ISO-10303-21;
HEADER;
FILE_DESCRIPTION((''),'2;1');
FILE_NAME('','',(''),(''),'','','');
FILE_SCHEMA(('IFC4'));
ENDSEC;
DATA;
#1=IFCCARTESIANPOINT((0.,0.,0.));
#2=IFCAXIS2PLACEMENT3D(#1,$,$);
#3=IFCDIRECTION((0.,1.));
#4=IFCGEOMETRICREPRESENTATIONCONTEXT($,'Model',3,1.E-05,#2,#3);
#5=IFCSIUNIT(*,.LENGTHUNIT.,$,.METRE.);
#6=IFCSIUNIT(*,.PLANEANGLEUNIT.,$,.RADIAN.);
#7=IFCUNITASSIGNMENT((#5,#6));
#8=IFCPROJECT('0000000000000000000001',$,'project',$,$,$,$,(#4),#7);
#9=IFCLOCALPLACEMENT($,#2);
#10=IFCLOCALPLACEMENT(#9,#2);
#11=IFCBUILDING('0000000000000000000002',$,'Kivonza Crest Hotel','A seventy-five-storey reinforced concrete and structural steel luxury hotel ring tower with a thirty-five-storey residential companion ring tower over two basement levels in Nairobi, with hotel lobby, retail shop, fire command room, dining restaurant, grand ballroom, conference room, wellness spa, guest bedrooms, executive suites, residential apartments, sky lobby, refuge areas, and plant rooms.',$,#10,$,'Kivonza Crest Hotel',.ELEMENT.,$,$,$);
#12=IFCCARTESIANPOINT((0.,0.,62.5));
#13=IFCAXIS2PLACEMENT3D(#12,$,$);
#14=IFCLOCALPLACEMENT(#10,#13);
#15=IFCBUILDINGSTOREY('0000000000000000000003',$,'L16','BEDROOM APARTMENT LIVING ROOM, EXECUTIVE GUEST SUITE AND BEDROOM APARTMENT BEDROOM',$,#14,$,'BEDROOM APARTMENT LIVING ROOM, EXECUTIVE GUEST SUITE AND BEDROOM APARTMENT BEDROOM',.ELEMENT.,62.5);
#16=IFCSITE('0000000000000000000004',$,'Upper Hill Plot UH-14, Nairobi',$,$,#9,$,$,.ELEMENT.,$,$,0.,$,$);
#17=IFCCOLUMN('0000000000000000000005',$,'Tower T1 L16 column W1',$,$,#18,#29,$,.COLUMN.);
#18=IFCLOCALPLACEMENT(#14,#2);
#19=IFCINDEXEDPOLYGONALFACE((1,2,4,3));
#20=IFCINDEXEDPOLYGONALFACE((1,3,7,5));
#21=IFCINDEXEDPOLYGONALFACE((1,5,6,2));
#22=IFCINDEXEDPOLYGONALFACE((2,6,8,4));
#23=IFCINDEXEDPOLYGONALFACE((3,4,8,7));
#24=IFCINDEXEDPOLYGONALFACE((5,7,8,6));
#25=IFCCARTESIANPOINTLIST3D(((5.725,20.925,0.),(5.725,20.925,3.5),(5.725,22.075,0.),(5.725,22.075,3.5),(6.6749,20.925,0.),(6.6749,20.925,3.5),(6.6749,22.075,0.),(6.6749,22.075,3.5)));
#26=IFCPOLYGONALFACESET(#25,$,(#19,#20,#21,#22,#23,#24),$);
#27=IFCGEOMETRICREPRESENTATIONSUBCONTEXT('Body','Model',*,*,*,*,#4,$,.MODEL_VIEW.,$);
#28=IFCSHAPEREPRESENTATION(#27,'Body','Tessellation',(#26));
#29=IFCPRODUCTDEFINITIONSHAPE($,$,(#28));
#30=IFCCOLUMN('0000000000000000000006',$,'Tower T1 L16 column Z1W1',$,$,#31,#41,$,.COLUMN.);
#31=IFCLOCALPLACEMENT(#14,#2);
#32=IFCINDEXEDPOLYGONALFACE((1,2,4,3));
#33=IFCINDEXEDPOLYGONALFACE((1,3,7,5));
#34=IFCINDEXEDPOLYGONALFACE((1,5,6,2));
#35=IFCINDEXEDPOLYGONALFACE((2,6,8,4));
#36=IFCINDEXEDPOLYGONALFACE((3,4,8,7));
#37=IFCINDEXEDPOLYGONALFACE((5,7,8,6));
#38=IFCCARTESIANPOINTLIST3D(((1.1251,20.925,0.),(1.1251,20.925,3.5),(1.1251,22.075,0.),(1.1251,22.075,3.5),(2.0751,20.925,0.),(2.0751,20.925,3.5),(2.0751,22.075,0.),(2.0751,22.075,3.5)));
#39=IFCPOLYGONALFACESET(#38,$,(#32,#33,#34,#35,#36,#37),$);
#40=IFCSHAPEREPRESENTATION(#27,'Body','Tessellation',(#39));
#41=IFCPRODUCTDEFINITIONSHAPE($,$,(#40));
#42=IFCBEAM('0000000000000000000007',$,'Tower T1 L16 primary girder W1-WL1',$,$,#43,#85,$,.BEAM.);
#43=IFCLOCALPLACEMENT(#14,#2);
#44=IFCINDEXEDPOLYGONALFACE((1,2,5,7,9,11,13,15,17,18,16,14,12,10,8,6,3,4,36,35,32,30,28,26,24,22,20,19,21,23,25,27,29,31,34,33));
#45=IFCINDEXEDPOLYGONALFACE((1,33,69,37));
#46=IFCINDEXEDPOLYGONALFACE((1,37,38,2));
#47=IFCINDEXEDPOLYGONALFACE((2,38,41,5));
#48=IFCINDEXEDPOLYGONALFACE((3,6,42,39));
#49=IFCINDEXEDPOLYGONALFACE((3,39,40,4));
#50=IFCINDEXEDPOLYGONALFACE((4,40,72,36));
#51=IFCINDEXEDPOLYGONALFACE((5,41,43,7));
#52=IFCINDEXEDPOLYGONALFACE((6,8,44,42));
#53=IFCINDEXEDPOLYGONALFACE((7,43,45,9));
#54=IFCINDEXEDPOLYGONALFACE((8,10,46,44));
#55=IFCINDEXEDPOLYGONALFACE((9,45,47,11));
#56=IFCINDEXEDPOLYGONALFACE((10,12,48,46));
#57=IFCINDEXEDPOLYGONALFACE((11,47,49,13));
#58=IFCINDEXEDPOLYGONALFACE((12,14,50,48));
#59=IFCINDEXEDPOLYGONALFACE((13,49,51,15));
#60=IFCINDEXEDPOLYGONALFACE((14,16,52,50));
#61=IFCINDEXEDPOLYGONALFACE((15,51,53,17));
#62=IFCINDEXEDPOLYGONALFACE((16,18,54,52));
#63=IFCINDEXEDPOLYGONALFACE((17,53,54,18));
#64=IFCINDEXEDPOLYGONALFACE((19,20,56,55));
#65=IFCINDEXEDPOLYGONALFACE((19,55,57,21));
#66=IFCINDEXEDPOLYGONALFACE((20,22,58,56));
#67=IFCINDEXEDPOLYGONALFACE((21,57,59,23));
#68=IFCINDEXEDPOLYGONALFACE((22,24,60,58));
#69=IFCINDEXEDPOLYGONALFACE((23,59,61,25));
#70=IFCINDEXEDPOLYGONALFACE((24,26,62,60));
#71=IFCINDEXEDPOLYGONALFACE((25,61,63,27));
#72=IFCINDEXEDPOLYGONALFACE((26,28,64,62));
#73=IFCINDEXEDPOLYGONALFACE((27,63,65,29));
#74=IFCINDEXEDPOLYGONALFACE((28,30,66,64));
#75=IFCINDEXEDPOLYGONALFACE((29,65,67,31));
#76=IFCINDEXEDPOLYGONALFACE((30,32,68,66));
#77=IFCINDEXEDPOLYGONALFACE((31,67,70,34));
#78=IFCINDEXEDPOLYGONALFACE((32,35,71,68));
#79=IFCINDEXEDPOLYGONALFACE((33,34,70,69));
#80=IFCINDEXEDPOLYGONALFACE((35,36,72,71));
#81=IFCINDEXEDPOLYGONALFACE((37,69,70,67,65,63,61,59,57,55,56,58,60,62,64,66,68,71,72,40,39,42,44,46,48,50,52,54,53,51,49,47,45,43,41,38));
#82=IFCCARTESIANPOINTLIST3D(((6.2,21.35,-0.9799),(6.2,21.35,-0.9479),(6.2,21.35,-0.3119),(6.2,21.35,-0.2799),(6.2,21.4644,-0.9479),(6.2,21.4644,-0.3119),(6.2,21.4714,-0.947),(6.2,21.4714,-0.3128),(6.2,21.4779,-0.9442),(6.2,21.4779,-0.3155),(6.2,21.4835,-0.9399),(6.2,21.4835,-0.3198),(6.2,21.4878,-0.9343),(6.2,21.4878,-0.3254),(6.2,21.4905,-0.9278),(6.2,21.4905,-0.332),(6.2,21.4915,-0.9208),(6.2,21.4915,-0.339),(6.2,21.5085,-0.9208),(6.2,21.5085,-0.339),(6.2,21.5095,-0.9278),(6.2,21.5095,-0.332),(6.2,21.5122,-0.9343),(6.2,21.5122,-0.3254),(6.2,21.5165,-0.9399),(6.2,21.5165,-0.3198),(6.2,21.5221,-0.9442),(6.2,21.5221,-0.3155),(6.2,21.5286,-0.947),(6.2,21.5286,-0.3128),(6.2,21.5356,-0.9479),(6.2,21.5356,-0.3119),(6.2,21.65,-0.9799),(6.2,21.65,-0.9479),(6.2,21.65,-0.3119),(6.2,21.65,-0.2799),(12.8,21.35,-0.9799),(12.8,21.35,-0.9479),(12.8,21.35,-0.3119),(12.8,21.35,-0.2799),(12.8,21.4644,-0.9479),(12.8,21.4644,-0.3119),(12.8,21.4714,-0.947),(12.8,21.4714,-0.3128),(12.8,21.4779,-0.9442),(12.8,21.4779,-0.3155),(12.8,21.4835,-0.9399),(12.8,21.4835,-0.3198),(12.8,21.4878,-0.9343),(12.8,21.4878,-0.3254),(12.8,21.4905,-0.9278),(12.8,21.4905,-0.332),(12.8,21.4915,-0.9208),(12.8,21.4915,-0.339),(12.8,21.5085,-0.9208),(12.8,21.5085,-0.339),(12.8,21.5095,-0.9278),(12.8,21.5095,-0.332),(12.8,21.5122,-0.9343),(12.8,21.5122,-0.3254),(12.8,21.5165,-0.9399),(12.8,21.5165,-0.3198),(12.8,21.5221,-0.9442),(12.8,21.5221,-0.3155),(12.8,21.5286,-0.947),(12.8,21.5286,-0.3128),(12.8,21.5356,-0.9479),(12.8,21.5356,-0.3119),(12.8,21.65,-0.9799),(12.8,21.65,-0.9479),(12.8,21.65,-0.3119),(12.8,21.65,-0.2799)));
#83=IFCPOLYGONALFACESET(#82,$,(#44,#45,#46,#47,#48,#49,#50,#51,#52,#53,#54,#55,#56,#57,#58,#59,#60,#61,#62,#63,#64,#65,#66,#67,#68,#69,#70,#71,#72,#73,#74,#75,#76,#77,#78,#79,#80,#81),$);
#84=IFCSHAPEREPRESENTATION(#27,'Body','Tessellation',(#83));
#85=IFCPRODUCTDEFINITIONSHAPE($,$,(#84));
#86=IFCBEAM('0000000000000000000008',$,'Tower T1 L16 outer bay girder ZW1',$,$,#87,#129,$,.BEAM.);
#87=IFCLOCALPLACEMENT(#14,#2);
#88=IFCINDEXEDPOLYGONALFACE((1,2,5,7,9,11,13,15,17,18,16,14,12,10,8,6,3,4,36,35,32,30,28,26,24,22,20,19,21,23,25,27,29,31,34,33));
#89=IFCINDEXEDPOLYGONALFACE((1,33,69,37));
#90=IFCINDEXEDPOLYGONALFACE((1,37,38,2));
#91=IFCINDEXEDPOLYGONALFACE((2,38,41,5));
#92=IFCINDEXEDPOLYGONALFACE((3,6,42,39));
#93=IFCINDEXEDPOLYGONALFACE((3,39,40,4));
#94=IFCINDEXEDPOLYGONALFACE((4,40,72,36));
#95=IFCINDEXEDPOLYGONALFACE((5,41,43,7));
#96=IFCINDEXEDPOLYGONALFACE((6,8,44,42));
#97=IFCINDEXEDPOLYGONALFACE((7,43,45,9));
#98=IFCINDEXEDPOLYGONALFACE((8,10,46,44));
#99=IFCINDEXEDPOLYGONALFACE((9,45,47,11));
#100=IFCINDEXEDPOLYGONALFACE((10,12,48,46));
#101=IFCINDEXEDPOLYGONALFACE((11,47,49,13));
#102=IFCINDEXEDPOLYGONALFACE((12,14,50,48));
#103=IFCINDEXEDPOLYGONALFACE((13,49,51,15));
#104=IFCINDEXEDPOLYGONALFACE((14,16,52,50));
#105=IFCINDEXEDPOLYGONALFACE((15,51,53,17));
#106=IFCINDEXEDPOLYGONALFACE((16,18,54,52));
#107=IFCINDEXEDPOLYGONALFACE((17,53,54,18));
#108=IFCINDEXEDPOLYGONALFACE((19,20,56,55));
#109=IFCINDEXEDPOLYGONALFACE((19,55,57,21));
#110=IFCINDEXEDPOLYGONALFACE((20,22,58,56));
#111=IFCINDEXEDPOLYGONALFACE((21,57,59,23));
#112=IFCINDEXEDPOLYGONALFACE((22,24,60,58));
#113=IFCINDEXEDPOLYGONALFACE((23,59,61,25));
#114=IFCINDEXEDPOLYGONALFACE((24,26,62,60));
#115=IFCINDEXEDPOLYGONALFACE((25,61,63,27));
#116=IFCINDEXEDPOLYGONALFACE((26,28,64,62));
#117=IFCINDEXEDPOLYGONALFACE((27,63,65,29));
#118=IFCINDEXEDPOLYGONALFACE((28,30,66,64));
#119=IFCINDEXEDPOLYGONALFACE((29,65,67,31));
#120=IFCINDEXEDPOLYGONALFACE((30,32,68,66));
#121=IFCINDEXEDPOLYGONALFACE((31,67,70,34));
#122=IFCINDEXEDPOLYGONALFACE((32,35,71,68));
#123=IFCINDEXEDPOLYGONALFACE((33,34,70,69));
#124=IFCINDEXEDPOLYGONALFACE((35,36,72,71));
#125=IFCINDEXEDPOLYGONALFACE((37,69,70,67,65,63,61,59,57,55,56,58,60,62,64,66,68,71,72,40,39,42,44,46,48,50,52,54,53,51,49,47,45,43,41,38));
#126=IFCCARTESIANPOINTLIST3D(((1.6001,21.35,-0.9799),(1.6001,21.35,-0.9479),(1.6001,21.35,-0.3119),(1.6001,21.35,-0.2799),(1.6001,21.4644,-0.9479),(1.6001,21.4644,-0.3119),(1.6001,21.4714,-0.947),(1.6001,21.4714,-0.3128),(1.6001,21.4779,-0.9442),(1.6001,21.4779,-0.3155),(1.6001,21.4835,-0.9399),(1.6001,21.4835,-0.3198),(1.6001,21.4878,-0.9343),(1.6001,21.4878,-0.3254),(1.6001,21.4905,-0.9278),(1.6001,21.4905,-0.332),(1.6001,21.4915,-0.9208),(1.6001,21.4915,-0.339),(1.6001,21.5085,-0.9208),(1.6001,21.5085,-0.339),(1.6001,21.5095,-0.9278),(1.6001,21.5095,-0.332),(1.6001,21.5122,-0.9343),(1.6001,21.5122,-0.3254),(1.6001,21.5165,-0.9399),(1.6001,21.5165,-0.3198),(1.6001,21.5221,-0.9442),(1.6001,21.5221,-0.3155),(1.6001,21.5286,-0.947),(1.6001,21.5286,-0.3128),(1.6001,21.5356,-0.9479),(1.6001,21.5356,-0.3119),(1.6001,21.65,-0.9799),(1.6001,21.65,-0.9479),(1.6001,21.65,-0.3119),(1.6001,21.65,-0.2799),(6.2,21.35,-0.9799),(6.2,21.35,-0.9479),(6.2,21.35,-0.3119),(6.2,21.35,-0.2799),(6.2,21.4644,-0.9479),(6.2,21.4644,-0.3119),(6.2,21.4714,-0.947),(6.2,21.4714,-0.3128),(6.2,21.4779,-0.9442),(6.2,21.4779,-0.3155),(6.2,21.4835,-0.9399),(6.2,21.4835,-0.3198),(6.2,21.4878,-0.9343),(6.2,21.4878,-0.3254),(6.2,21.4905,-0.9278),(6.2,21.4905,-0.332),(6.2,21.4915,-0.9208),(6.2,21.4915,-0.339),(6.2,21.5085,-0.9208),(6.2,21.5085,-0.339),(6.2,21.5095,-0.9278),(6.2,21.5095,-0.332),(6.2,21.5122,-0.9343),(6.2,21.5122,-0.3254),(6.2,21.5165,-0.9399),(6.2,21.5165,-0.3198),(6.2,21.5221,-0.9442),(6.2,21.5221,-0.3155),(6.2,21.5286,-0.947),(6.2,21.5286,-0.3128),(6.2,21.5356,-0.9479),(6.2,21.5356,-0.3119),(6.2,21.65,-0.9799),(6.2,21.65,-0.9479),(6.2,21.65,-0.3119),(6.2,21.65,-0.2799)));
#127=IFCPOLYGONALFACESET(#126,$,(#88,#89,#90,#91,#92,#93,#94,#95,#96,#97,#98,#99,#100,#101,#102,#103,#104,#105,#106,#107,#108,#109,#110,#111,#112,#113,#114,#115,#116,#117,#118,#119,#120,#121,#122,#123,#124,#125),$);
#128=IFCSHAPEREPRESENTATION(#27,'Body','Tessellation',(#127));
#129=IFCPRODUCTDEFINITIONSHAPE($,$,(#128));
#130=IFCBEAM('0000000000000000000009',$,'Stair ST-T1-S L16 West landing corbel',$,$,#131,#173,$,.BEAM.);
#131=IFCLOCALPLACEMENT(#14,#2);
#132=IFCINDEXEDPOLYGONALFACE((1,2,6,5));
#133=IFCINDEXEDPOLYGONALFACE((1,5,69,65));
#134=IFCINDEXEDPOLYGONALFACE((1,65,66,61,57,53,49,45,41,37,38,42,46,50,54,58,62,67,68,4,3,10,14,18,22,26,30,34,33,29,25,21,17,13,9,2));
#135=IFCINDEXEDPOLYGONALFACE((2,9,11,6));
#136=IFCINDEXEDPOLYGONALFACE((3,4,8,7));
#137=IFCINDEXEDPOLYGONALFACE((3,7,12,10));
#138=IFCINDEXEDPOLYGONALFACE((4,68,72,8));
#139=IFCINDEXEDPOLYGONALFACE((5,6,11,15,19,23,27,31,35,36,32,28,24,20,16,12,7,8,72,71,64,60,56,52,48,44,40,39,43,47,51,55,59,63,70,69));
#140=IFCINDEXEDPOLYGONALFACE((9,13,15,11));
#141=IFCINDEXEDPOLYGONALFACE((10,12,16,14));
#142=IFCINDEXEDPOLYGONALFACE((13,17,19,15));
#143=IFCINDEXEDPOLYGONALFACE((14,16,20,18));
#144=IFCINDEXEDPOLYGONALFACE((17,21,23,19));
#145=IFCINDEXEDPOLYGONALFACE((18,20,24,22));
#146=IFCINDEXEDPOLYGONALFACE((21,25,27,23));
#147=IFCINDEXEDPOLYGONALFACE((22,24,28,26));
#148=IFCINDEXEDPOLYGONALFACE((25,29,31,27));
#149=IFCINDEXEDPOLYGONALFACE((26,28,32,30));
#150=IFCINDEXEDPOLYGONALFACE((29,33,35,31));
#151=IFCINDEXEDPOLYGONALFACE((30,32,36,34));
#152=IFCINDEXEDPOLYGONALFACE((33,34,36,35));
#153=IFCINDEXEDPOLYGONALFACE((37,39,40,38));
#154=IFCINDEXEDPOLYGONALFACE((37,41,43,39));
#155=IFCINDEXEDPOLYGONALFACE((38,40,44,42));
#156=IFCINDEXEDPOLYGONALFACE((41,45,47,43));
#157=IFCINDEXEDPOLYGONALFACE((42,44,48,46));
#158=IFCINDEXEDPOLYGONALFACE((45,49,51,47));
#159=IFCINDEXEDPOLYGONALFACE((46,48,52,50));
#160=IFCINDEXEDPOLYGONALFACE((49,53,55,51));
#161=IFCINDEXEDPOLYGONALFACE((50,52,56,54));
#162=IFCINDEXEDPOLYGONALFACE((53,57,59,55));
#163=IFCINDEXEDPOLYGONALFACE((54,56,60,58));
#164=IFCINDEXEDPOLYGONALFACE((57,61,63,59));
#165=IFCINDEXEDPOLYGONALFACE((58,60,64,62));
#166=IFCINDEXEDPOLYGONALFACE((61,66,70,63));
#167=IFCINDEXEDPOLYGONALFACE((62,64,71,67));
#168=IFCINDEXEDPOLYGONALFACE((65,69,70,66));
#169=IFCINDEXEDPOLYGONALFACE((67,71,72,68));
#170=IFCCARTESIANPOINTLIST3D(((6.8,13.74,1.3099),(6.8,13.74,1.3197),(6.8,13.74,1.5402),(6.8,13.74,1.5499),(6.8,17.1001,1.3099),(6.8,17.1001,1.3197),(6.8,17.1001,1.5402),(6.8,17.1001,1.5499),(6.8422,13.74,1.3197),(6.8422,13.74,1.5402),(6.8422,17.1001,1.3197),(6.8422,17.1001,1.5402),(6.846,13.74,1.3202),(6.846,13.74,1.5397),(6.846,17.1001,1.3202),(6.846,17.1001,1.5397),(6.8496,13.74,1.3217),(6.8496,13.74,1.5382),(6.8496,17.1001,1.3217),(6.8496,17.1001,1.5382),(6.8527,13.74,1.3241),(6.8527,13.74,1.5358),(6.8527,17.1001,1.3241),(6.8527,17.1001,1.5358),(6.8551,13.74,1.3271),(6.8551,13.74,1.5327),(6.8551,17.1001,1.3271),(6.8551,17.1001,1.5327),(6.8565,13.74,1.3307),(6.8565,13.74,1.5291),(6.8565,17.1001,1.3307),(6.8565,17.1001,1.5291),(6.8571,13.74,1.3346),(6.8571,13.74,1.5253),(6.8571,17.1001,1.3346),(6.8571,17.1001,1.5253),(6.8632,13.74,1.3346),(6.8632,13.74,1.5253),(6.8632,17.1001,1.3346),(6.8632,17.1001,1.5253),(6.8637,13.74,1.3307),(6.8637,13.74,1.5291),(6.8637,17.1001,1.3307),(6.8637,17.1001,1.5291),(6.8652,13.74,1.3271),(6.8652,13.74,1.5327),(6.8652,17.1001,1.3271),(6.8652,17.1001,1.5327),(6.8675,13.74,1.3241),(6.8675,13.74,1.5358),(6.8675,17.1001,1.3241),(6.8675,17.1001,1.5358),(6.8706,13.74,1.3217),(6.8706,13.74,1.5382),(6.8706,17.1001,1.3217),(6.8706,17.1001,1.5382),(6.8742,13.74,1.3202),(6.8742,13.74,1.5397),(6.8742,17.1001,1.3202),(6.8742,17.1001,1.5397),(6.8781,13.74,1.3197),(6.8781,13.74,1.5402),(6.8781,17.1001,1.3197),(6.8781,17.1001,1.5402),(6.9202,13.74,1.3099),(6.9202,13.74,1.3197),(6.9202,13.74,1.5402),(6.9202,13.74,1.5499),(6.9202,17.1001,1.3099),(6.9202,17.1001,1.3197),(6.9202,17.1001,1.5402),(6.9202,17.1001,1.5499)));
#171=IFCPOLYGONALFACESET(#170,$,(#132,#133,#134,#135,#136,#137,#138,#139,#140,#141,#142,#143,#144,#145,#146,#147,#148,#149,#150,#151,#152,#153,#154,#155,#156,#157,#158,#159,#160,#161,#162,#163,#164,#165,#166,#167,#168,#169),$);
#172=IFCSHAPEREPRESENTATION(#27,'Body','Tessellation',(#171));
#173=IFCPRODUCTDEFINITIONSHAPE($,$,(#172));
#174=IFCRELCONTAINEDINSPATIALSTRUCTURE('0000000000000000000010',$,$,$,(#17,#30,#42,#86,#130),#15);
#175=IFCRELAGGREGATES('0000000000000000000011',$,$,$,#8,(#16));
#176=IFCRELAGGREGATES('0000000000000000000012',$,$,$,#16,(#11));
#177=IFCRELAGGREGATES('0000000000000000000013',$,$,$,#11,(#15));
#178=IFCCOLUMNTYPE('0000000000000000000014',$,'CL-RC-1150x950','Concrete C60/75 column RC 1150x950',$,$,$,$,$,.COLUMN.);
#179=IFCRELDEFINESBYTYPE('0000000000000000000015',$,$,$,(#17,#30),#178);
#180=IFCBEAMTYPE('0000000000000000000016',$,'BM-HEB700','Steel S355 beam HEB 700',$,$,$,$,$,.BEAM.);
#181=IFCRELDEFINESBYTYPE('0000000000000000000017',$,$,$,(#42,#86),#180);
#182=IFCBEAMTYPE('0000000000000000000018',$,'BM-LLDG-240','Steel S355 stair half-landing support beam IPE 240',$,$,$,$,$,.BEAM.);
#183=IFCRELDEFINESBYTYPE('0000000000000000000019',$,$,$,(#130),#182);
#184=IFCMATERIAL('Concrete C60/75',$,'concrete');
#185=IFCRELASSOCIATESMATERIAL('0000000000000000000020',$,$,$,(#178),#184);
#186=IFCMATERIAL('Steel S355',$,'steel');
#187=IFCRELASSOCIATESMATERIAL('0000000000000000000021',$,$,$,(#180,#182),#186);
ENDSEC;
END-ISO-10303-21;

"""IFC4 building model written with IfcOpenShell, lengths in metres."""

from ifc_helpers import new_model, si_unit, direction, frame, origin, origin_2d, place, context, subcontext, project, spatial, rectangle, i_section, extrude, material, material_profile, profile_set, type_object, element, save


model = new_model("IFC4")

# Units and contexts
model_context = context("Model", 3, precision=1e-05, world=origin(), true_north=direction((0.0, 1.0)))
body_context = subcontext(model_context, "Body", "Model", "MODEL_VIEW")
ifc_project = project(units=[si_unit("LENGTHUNIT", "METRE"), si_unit("PLANEANGLEUNIT", "RADIAN")], contexts=[model_context])

# Site, building, storey
site_placement = place(None, origin())
site = spatial("IfcSite", under=ifc_project, at=site_placement, Name="Upper Hill Plot UH-14, Nairobi", CompositionType="ELEMENT", RefElevation=0.0)
building_placement = place(site_placement, origin())
building = spatial("IfcBuilding", under=site, at=building_placement, Name="Kivonza Crest Hotel", Description="A seventy-five-storey reinforced concrete and structural steel luxury hotel ring tower with a thirty-five-storey residential companion ring tower over two basement levels in Nairobi, with hotel lobby, retail shop, fire command room, dining restaurant, grand ballroom, conference room, wellness spa, guest bedrooms, executive suites, residential apartments, sky lobby, refuge areas, and plant rooms.", LongName="Kivonza Crest Hotel", CompositionType="ELEMENT")
storey_placement = place(building_placement, frame((0.0, 0.0, 62.5)))
storey = spatial("IfcBuildingStorey", under=building, at=storey_placement, Name="L16", Description="BEDROOM APARTMENT LIVING ROOM, EXECUTIVE GUEST SUITE AND BEDROOM APARTMENT BEDROOM", LongName="BEDROOM APARTMENT LIVING ROOM, EXECUTIVE GUEST SUITE AND BEDROOM APARTMENT BEDROOM", CompositionType="ELEMENT", Elevation=62.5)

# Columns
ifc_material_1 = material(Name="Concrete C60/75", Category="concrete")
ifc_material_profile_1 = material_profile(ifc_material_1, rectangle(XDim=0.95, YDim=1.1499, at=origin_2d()), Name="RC 1150x950")
ifc_profile_set_1 = profile_set([ifc_material_profile_1], Name="Concrete C60/75")
column_type = type_object("IfcColumnType", Name="CL-RC-1150x950", Description="Concrete C60/75 column RC 1150x950", PredefinedType="COLUMN", material=ifc_profile_set_1)
for number, where, z_axis, x_axis, name in (
    (1, (6.2, 21.5, 0.0), (0.0, 0.0, 1.0), (1.0, 0.0, 0.0), "Tower T1 L16 column W1"),
    (2, (1.6001, 21.5, 0.0), (0.0, 0.0, 1.0), (1.0, 0.0, 0.0), "Tower T1 L16 column Z1W1"),
):
    element("IfcColumn", number, at=place(storey_placement, frame(where, z_axis=z_axis, x_axis=x_axis)), inside=storey, type_object=column_type, Name=name, PredefinedType="COLUMN", context=body_context, shape_type="SweptSolid", body=[
        extrude(rectangle(XDim=0.95, YDim=1.1499, at=origin_2d()), origin(), (0.0, 0.0, 1.0), 3.5),
    ])

# Beams
ifc_material_2 = material(Name="Steel S355", Category="steel")
ifc_material_profile_2 = material_profile(ifc_material_2, i_section(OverallWidth=0.3, OverallDepth=0.7, WebThickness=0.0171, FlangeThickness=0.032, FilletRadius=0.0271, at=origin_2d()), Name="HEB 700")
ifc_profile_set_2 = profile_set([ifc_material_profile_2], Name="Steel S355")
beam_type_1 = type_object("IfcBeamType", Name="BM-HEB700", Description="Steel S355 beam HEB 700", PredefinedType="BEAM", material=ifc_profile_set_2)
beam_1_placement = place(storey_placement, frame((6.2, 21.5, -0.6299), z_axis=(1.0, 0.0, 0.0), x_axis=(0.0, 1.0, 0.0)))
element("IfcBeam", 3, at=beam_1_placement, inside=storey, type_object=beam_type_1, Name="Tower T1 L16 primary girder W1-WL1", PredefinedType="BEAM", context=body_context, shape_type="SweptSolid", body=[
    extrude(i_section(OverallWidth=0.3, OverallDepth=0.7, WebThickness=0.0171, FlangeThickness=0.032, FilletRadius=0.0271, at=origin_2d()), origin(), (0.0, 0.0, 1.0), 6.6001),
])
beam_2_placement = place(storey_placement, frame((1.6001, 21.5, -0.6299), z_axis=(1.0, 0.0, 0.0), x_axis=(0.0, 1.0, 0.0)))
element("IfcBeam", 4, at=beam_2_placement, inside=storey, type_object=beam_type_1, Name="Tower T1 L16 outer bay girder ZW1", PredefinedType="BEAM", context=body_context, shape_type="SweptSolid", body=[
    extrude(i_section(OverallWidth=0.3, OverallDepth=0.7, WebThickness=0.0171, FlangeThickness=0.032, FilletRadius=0.0271, at=origin_2d()), origin(), (0.0, 0.0, 1.0), 4.5999),
])
ifc_material_profile_3 = material_profile(ifc_material_2, i_section(OverallWidth=0.1201, OverallDepth=0.24, WebThickness=0.0061, FlangeThickness=0.0098, FilletRadius=0.0149, at=origin_2d()), Name="IPE 240")
ifc_profile_set_3 = profile_set([ifc_material_profile_3], Name="Steel S355")
beam_type_2 = type_object("IfcBeamType", Name="BM-LLDG-240", Description="Steel S355 stair half-landing support beam IPE 240", PredefinedType="BEAM", material=ifc_profile_set_3)
beam_3_placement = place(storey_placement, frame((6.8601, 13.74, 1.4299), z_axis=(0.0, 1.0, 0.0), x_axis=(-1.0, 0.0, 0.0)))
element("IfcBeam", 5, at=beam_3_placement, inside=storey, type_object=beam_type_2, Name="Stair ST-T1-S L16 West landing corbel", PredefinedType="BEAM", context=body_context, shape_type="SweptSolid", body=[
    extrude(i_section(OverallWidth=0.1201, OverallDepth=0.24, WebThickness=0.0061, FlangeThickness=0.0098, FilletRadius=0.0149, at=origin_2d()), origin(), (0.0, 0.0, 1.0), 3.3601),
])

save(model, "model.ifc")
